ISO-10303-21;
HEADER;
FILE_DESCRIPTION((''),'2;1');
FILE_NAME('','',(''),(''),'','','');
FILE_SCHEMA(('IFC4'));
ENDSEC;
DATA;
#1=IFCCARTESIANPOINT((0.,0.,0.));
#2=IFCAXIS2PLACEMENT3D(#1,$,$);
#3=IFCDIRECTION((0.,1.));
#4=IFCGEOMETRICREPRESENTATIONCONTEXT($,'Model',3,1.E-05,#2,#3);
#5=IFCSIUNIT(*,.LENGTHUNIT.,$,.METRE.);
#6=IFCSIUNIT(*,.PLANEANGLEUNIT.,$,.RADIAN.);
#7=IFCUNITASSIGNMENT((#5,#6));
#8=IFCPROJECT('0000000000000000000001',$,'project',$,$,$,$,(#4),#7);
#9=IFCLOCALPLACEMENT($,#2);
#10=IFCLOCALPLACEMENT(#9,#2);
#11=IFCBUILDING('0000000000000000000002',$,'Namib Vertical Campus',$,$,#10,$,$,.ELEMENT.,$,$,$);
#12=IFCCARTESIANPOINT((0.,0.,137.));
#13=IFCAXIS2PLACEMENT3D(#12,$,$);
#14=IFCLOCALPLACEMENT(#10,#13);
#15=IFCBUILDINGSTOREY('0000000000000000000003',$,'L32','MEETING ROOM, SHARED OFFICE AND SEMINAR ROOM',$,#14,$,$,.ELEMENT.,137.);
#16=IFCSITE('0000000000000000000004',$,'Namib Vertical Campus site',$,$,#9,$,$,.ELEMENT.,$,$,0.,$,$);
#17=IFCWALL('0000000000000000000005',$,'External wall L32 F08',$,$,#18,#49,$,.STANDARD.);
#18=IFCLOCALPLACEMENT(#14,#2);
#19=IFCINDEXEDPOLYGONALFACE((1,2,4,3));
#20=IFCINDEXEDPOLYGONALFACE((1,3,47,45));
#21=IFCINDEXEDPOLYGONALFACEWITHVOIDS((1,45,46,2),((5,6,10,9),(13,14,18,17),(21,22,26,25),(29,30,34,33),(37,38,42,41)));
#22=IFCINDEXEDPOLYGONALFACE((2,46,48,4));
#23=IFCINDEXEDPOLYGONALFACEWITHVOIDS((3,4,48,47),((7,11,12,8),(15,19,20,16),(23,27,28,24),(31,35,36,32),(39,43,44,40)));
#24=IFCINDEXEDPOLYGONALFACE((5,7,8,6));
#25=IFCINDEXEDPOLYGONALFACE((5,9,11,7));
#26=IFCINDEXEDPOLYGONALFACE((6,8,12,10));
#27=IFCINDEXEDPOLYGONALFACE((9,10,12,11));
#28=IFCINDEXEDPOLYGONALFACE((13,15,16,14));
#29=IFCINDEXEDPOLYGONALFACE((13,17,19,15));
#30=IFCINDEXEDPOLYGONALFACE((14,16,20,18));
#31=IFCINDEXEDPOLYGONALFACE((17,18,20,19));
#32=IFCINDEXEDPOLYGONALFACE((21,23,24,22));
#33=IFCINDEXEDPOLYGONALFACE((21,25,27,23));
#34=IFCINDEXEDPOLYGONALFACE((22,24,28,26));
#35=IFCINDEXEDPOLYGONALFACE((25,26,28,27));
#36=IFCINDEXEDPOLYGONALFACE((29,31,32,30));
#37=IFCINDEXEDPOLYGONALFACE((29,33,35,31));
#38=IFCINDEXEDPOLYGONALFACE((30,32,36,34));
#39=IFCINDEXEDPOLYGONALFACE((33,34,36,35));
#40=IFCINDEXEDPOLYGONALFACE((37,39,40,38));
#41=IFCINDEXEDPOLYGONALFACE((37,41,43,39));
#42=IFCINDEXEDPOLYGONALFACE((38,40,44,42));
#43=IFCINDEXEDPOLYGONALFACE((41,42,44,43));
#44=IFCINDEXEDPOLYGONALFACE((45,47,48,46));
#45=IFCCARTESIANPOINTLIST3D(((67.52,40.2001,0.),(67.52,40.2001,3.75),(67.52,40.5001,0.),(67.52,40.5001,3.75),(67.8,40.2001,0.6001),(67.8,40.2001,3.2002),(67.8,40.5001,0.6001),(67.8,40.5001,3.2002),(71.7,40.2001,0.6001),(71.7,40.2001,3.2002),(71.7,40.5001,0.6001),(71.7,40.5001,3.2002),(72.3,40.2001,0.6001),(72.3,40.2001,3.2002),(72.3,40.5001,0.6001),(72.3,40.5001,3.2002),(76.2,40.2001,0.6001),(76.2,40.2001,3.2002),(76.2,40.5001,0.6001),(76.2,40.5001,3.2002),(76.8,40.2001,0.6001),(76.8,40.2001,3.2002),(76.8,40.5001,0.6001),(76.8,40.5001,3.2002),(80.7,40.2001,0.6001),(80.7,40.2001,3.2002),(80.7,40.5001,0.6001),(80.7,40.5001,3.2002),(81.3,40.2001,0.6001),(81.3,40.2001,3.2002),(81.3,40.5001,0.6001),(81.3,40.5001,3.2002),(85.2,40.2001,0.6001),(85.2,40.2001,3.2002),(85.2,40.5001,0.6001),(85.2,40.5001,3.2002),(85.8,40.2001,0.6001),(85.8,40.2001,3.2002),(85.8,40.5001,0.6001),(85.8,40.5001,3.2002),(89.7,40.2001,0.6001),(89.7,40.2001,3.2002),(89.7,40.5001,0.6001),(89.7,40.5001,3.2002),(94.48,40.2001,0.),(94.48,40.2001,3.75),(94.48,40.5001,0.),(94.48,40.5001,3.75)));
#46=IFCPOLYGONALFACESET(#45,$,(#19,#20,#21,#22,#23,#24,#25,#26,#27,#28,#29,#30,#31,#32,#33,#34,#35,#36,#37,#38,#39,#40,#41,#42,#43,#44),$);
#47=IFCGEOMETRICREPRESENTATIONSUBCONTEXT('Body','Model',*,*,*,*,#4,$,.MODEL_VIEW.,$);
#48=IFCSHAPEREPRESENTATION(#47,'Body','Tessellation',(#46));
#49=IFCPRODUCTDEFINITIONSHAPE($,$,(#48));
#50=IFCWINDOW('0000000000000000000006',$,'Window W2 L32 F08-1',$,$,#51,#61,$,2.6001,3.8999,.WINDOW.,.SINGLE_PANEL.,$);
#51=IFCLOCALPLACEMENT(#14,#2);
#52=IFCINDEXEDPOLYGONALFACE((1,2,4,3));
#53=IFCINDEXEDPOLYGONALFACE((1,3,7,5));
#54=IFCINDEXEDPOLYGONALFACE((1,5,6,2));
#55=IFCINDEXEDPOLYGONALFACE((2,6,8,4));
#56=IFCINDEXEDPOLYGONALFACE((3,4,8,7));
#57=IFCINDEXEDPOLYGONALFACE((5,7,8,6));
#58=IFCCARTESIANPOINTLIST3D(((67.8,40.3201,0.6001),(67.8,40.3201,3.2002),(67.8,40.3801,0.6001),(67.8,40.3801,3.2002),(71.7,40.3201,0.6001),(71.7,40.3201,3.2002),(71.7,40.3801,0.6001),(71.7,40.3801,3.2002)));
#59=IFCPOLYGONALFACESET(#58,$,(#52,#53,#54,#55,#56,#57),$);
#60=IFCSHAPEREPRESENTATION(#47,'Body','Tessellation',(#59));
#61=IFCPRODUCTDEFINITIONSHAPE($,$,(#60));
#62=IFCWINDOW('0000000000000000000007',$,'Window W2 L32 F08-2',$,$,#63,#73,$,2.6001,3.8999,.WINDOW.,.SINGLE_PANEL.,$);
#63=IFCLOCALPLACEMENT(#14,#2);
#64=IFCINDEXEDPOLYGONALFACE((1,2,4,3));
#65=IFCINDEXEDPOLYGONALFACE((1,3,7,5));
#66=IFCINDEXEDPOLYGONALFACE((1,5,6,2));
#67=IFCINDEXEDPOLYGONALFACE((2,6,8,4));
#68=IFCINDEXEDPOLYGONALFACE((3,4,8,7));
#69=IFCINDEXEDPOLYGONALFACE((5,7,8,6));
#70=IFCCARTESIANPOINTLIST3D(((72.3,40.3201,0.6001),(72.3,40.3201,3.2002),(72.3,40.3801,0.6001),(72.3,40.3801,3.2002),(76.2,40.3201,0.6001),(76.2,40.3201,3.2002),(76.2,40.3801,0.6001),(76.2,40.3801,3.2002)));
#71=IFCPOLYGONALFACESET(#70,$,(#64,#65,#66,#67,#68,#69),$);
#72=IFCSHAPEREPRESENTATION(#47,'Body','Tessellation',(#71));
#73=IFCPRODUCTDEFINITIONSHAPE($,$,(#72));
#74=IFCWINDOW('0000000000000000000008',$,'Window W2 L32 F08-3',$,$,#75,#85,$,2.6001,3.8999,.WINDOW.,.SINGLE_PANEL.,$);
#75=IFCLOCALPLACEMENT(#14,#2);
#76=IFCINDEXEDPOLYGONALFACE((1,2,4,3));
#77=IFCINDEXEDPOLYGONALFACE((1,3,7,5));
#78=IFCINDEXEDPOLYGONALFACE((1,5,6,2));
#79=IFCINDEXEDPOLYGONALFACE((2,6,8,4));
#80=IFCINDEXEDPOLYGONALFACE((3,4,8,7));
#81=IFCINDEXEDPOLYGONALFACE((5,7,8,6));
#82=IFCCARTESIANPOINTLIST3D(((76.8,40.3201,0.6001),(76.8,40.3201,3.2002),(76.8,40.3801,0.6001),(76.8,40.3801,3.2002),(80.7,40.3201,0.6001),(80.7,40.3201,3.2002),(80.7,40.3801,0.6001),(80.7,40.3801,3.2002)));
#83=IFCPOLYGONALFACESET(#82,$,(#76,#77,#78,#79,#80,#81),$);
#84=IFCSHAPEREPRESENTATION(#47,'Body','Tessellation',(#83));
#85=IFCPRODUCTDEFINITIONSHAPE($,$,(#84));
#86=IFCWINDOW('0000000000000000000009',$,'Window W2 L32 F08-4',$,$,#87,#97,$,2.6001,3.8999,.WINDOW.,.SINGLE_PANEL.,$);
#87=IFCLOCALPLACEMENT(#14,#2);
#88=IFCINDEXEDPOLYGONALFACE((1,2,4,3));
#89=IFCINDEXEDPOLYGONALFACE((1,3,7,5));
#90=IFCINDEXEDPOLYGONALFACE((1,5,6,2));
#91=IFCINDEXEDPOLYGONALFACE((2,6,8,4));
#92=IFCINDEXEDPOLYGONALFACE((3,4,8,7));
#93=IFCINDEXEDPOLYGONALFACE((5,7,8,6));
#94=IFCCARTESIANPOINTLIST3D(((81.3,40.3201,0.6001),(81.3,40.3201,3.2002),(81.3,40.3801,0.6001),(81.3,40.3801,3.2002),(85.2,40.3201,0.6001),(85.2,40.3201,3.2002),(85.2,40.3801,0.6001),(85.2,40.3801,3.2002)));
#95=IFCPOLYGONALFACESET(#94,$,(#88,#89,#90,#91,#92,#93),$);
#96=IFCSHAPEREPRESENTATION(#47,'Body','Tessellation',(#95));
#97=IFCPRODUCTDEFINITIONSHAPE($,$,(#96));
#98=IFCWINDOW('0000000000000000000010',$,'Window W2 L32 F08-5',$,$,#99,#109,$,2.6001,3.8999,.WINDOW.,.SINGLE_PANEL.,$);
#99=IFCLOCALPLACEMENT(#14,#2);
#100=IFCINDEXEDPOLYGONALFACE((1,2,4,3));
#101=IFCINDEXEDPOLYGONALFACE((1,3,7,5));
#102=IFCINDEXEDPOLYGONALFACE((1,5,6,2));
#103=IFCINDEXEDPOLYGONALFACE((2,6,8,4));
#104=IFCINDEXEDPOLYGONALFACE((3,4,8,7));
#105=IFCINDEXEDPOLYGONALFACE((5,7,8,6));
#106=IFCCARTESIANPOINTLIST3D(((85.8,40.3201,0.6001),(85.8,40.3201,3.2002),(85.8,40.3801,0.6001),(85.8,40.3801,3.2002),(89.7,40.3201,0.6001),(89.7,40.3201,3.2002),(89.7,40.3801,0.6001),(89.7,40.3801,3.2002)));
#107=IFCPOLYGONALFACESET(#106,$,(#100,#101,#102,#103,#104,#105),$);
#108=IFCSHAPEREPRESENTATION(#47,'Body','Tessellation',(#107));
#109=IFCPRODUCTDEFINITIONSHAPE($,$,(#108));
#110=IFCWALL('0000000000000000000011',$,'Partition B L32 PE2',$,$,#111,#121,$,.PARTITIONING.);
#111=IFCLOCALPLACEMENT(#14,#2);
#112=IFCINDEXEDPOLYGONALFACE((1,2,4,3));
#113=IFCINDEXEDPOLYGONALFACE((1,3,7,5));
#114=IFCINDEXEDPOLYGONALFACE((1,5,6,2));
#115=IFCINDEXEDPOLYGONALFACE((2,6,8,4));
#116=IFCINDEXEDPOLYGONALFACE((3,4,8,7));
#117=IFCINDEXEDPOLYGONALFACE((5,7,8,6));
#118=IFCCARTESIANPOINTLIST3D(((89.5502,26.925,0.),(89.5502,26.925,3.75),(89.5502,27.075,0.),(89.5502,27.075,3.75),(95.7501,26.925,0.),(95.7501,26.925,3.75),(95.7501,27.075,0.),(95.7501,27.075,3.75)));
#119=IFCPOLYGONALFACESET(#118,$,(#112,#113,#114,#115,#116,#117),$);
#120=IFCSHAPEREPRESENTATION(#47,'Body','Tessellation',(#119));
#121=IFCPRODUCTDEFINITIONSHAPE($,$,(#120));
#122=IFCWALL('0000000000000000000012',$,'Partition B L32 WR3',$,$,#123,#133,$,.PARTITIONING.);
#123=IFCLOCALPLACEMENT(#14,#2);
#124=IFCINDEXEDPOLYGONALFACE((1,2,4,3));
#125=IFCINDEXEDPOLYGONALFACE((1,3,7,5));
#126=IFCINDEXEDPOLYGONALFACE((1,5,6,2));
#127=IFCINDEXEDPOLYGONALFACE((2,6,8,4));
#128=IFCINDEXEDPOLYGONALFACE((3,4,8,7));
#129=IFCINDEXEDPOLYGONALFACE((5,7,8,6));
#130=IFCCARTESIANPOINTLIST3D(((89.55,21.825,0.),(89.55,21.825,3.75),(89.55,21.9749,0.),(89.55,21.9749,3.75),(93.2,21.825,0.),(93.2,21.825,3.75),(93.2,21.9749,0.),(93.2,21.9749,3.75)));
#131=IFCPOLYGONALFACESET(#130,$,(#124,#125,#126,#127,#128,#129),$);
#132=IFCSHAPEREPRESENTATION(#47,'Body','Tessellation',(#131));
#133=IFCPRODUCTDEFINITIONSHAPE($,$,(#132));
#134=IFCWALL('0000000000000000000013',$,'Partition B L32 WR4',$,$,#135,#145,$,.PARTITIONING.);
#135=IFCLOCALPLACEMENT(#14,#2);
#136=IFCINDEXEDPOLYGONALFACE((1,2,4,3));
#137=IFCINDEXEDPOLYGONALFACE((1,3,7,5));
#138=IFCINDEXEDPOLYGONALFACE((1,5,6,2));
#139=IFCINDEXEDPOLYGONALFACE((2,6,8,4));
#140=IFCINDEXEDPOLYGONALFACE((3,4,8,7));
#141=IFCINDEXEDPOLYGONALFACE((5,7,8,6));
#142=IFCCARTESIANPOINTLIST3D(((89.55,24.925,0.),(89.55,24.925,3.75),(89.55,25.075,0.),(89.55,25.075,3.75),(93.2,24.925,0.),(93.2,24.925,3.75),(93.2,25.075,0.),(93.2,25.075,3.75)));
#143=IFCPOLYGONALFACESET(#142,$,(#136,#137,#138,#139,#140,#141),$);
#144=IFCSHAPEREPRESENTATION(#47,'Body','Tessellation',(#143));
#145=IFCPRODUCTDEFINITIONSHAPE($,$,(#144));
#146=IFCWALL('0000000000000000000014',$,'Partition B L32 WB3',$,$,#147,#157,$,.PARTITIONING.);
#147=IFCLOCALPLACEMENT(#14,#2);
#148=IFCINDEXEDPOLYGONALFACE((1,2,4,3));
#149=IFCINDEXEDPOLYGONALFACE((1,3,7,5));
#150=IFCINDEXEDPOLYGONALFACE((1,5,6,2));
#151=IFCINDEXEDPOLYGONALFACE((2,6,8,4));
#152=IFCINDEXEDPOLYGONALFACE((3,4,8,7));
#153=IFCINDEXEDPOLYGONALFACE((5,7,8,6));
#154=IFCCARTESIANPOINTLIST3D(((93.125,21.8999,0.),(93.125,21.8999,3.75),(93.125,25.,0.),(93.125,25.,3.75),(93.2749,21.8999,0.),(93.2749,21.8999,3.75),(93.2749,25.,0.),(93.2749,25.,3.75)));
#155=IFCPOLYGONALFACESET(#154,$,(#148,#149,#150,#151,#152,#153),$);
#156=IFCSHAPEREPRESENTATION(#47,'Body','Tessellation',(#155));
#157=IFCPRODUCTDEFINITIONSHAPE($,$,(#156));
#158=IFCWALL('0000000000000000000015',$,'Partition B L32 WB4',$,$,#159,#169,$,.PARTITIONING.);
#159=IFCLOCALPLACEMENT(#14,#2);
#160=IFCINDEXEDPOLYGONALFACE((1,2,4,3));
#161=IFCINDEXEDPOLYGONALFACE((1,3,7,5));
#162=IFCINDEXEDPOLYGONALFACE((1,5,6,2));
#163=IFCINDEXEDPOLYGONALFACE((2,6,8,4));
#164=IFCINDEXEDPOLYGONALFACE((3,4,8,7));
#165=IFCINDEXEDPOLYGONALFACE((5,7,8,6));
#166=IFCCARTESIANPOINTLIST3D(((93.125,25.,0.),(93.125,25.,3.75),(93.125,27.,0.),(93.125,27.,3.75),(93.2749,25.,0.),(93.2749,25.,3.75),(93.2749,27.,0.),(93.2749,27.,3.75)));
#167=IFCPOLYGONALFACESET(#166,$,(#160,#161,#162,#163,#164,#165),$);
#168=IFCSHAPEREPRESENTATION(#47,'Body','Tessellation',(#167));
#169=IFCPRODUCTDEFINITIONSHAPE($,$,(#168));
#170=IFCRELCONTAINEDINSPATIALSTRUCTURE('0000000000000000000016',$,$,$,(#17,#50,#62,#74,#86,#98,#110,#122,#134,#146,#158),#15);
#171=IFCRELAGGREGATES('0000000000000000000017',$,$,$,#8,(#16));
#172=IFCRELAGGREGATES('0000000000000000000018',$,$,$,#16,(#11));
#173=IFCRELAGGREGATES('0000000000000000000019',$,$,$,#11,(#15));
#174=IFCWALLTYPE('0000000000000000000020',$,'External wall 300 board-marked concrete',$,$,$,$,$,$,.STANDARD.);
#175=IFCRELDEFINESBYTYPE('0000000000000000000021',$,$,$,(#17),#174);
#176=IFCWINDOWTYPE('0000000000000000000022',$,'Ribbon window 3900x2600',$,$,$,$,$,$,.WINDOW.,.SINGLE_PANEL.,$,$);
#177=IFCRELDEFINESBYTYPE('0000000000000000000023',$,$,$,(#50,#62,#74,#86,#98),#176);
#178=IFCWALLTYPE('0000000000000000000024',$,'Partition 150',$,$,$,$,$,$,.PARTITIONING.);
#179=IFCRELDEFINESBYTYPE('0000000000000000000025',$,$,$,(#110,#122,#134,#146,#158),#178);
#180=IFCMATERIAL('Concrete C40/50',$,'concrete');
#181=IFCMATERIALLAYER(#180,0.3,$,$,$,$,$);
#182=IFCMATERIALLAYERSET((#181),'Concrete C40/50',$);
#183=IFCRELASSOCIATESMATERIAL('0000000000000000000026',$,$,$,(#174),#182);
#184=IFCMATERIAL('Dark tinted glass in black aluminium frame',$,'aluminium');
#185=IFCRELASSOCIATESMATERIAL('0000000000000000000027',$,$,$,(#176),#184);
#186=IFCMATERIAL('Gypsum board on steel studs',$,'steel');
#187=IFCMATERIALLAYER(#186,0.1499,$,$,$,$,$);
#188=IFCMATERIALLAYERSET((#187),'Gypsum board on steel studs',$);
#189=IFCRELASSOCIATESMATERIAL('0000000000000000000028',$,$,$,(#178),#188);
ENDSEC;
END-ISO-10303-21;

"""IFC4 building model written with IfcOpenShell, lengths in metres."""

from ifc_helpers import new_model, si_unit, direction, frame, frame_2d, origin, place, context, subcontext, project, spatial, rectangle, extrude, material, layer, layer_set, type_object, element, fill, save


model = new_model("IFC4")

# Units and contexts
model_context = context("Model", 3, precision=1e-05, world=origin(), true_north=direction((0.0, 1.0)))
body_context = subcontext(model_context, "Body", "Model", "MODEL_VIEW")
ifc_project = project(units=[si_unit("LENGTHUNIT", "METRE"), si_unit("PLANEANGLEUNIT", "RADIAN")], contexts=[model_context])

# Site, building, storey
site_placement = place(None, origin())
site = spatial("IfcSite", under=ifc_project, at=site_placement, Name="Namib Vertical Campus site", CompositionType="ELEMENT", RefElevation=0.0)
building_placement = place(site_placement, origin())
building = spatial("IfcBuilding", under=site, at=building_placement, Name="Namib Vertical Campus", CompositionType="ELEMENT")
storey_placement = place(building_placement, frame((0.0, 0.0, 137.0)))
storey = spatial("IfcBuildingStorey", under=building, at=storey_placement, Name="L32", Description="MEETING ROOM, SHARED OFFICE AND SEMINAR ROOM", CompositionType="ELEMENT", Elevation=137.0)

# Shared definitions
ifc_material_1 = material(Name="Concrete C40/50", Category="concrete")
ifc_layer_1 = layer(ifc_material_1, 0.3)
ifc_layer_set_1 = layer_set([ifc_layer_1], Name="Concrete C40/50")
wall_type_1 = type_object("IfcWallType", Name="External wall 300 board-marked concrete", PredefinedType="STANDARD", material=ifc_layer_set_1)

# Wall, openings, windows
wall_1_placement = place(storey_placement, frame((94.48, 40.3501, 0.0), z_axis=(0.0, 0.0, 1.0), x_axis=(-1.0, 0.0, 0.0)))
wall_1 = element("IfcWall", 1, at=wall_1_placement, inside=storey, type_object=wall_type_1, Name="External wall L32 F08", PredefinedType="STANDARD", context=body_context, shape_type="SweptSolid", body=[
    extrude(rectangle(XDim=26.96, YDim=0.3, at=frame_2d((13.48, 0.0))), origin(), (0.0, 0.0, 1.0), 3.75),
])
opening_1_placement = place(wall_1_placement, frame((22.78, 0.0, 0.6001)))
opening_1 = element("IfcOpeningElement", 2, at=opening_1_placement, cuts=wall_1, PredefinedType="OPENING", context=body_context, shape_type="SweptSolid", body=[
    extrude(rectangle(XDim=3.8999, YDim=2.6001, at=frame_2d((1.95, 1.3))), frame((0.0, 0.1599, 0.0), z_axis=(0.0, -1.0, 0.0), x_axis=(1.0, 0.0, 0.0)), (0.0, 0.0, 1.0), 0.3201),
])
opening_2_placement = place(wall_1_placement, frame((18.28, 0.0, 0.6001)))
opening_2 = element("IfcOpeningElement", 3, at=opening_2_placement, cuts=wall_1, PredefinedType="OPENING", context=body_context, shape_type="SweptSolid", body=[
    extrude(rectangle(XDim=3.8999, YDim=2.6001, at=frame_2d((1.95, 1.3))), frame((0.0, 0.1599, 0.0), z_axis=(0.0, -1.0, 0.0), x_axis=(1.0, 0.0, 0.0)), (0.0, 0.0, 1.0), 0.3201),
])
opening_3_placement = place(wall_1_placement, frame((13.78, 0.0, 0.6001)))
opening_3 = element("IfcOpeningElement", 4, at=opening_3_placement, cuts=wall_1, PredefinedType="OPENING", context=body_context, shape_type="SweptSolid", body=[
    extrude(rectangle(XDim=3.8999, YDim=2.6001, at=frame_2d((1.95, 1.3))), frame((0.0, 0.1599, 0.0), z_axis=(0.0, -1.0, 0.0), x_axis=(1.0, 0.0, 0.0)), (0.0, 0.0, 1.0), 0.3201),
])
opening_4_placement = place(wall_1_placement, frame((9.28, 0.0, 0.6001)))
opening_4 = element("IfcOpeningElement", 5, at=opening_4_placement, cuts=wall_1, PredefinedType="OPENING", context=body_context, shape_type="SweptSolid", body=[
    extrude(rectangle(XDim=3.8999, YDim=2.6001, at=frame_2d((1.95, 1.3))), frame((0.0, 0.1599, 0.0), z_axis=(0.0, -1.0, 0.0), x_axis=(1.0, 0.0, 0.0)), (0.0, 0.0, 1.0), 0.3201),
])
opening_5_placement = place(wall_1_placement, frame((4.78, 0.0, 0.6001)))
opening_5 = element("IfcOpeningElement", 6, at=opening_5_placement, cuts=wall_1, PredefinedType="OPENING", context=body_context, shape_type="SweptSolid", body=[
    extrude(rectangle(XDim=3.8999, YDim=2.6001, at=frame_2d((1.95, 1.3))), frame((0.0, 0.1599, 0.0), z_axis=(0.0, -1.0, 0.0), x_axis=(1.0, 0.0, 0.0)), (0.0, 0.0, 1.0), 0.3201),
])
ifc_material_2 = material(Name="Dark tinted glass in black aluminium frame", Category="aluminium")
window_type = type_object("IfcWindowType", Name="Ribbon window 3900x2600", PartitioningType="SINGLE_PANEL", PredefinedType="WINDOW", material=ifc_material_2)
window_1_placement = place(opening_1_placement, origin())
window_1 = element("IfcWindow", 7, at=window_1_placement, inside=storey, type_object=window_type, Name="Window W2 L32 F08-1", OverallHeight=2.6001, OverallWidth=3.8999, PartitioningType="SINGLE_PANEL", PredefinedType="WINDOW", context=body_context, shape_type="SweptSolid", body=[
    extrude(rectangle(XDim=3.8999, YDim=2.6001, at=frame_2d((1.95, 1.3))), frame((0.0, 0.03, 0.0), z_axis=(0.0, -1.0, 0.0), x_axis=(1.0, 0.0, 0.0)), (0.0, 0.0, 1.0), 0.0601),
])
fill(opening_1, window_1)
window_2_placement = place(opening_2_placement, origin())
window_2 = element("IfcWindow", 8, at=window_2_placement, inside=storey, type_object=window_type, Name="Window W2 L32 F08-2", OverallHeight=2.6001, OverallWidth=3.8999, PartitioningType="SINGLE_PANEL", PredefinedType="WINDOW", context=body_context, shape_type="SweptSolid", body=[
    extrude(rectangle(XDim=3.8999, YDim=2.6001, at=frame_2d((1.95, 1.3))), frame((0.0, 0.03, 0.0), z_axis=(0.0, -1.0, 0.0), x_axis=(1.0, 0.0, 0.0)), (0.0, 0.0, 1.0), 0.0601),
])
fill(opening_2, window_2)
window_3_placement = place(opening_3_placement, origin())
window_3 = element("IfcWindow", 9, at=window_3_placement, inside=storey, type_object=window_type, Name="Window W2 L32 F08-3", OverallHeight=2.6001, OverallWidth=3.8999, PartitioningType="SINGLE_PANEL", PredefinedType="WINDOW", context=body_context, shape_type="SweptSolid", body=[
    extrude(rectangle(XDim=3.8999, YDim=2.6001, at=frame_2d((1.95, 1.3))), frame((0.0, 0.03, 0.0), z_axis=(0.0, -1.0, 0.0), x_axis=(1.0, 0.0, 0.0)), (0.0, 0.0, 1.0), 0.0601),
])
fill(opening_3, window_3)
window_4_placement = place(opening_4_placement, origin())
window_4 = element("IfcWindow", 10, at=window_4_placement, inside=storey, type_object=window_type, Name="Window W2 L32 F08-4", OverallHeight=2.6001, OverallWidth=3.8999, PartitioningType="SINGLE_PANEL", PredefinedType="WINDOW", context=body_context, shape_type="SweptSolid", body=[
    extrude(rectangle(XDim=3.8999, YDim=2.6001, at=frame_2d((1.95, 1.3))), frame((0.0, 0.03, 0.0), z_axis=(0.0, -1.0, 0.0), x_axis=(1.0, 0.0, 0.0)), (0.0, 0.0, 1.0), 0.0601),
])
fill(opening_4, window_4)
window_5_placement = place(opening_5_placement, origin())
window_5 = element("IfcWindow", 11, at=window_5_placement, inside=storey, type_object=window_type, Name="Window W2 L32 F08-5", OverallHeight=2.6001, OverallWidth=3.8999, PartitioningType="SINGLE_PANEL", PredefinedType="WINDOW", context=body_context, shape_type="SweptSolid", body=[
    extrude(rectangle(XDim=3.8999, YDim=2.6001, at=frame_2d((1.95, 1.3))), frame((0.0, 0.03, 0.0), z_axis=(0.0, -1.0, 0.0), x_axis=(1.0, 0.0, 0.0)), (0.0, 0.0, 1.0), 0.0601),
])
fill(opening_5, window_5)

# Walls
ifc_material_3 = material(Name="Gypsum board on steel studs", Category="steel")
ifc_layer_2 = layer(ifc_material_3, 0.1499)
ifc_layer_set_2 = layer_set([ifc_layer_2], Name="Gypsum board on steel studs")
wall_type_2 = type_object("IfcWallType", Name="Partition 150", PredefinedType="PARTITIONING", material=ifc_layer_set_2)
wall_2_placement = place(storey_placement, frame((89.55, 27.0, 0.0), z_axis=(0.0, 0.0, 1.0), x_axis=(1.0, 0.0, 0.0)))
element("IfcWall", 12, at=wall_2_placement, inside=storey, type_object=wall_type_2, Name="Partition B L32 PE2", PredefinedType="PARTITIONING", context=body_context, shape_type="SweptSolid", body=[
    extrude(rectangle(XDim=6.2, YDim=0.1499, at=frame_2d((3.1001, 0.0))), origin(), (0.0, 0.0, 1.0), 3.75),
])
for number, where, z_axis, x_axis, name in (
    (13, (89.55, 21.8999, 0.0), (0.0, 0.0, 1.0), (1.0, 0.0, 0.0), "Partition B L32 WR3"),
    (14, (89.55, 25.0, 0.0), (0.0, 0.0, 1.0), (1.0, 0.0, 0.0), "Partition B L32 WR4"),
):
    element("IfcWall", number, at=place(storey_placement, frame(where, z_axis=z_axis, x_axis=x_axis)), inside=storey, type_object=wall_type_2, Name=name, PredefinedType="PARTITIONING", context=body_context, shape_type="SweptSolid", body=[
        extrude(rectangle(XDim=3.6499, YDim=0.1499, at=frame_2d((1.825, 0.0))), origin(), (0.0, 0.0, 1.0), 3.75),
    ])
wall_3_placement = place(storey_placement, frame((93.2, 21.8999, 0.0), z_axis=(0.0, 0.0, 1.0), x_axis=(0.0, 1.0, 0.0)))
element("IfcWall", 15, at=wall_3_placement, inside=storey, type_object=wall_type_2, Name="Partition B L32 WB3", PredefinedType="PARTITIONING", context=body_context, shape_type="SweptSolid", body=[
    extrude(rectangle(XDim=3.1001, YDim=0.1499, at=frame_2d((1.55, 0.0))), origin(), (0.0, 0.0, 1.0), 3.75),
])
wall_4_placement = place(storey_placement, frame((93.2, 25.0, 0.0), z_axis=(0.0, 0.0, 1.0), x_axis=(0.0, 1.0, 0.0)))
element("IfcWall", 16, at=wall_4_placement, inside=storey, type_object=wall_type_2, Name="Partition B L32 WB4", PredefinedType="PARTITIONING", context=body_context, shape_type="SweptSolid", body=[
    extrude(rectangle(XDim=2.0, YDim=0.1499, at=frame_2d((1.0, 0.0))), origin(), (0.0, 0.0, 1.0), 3.75),
])

save(model, "model.ifc")
